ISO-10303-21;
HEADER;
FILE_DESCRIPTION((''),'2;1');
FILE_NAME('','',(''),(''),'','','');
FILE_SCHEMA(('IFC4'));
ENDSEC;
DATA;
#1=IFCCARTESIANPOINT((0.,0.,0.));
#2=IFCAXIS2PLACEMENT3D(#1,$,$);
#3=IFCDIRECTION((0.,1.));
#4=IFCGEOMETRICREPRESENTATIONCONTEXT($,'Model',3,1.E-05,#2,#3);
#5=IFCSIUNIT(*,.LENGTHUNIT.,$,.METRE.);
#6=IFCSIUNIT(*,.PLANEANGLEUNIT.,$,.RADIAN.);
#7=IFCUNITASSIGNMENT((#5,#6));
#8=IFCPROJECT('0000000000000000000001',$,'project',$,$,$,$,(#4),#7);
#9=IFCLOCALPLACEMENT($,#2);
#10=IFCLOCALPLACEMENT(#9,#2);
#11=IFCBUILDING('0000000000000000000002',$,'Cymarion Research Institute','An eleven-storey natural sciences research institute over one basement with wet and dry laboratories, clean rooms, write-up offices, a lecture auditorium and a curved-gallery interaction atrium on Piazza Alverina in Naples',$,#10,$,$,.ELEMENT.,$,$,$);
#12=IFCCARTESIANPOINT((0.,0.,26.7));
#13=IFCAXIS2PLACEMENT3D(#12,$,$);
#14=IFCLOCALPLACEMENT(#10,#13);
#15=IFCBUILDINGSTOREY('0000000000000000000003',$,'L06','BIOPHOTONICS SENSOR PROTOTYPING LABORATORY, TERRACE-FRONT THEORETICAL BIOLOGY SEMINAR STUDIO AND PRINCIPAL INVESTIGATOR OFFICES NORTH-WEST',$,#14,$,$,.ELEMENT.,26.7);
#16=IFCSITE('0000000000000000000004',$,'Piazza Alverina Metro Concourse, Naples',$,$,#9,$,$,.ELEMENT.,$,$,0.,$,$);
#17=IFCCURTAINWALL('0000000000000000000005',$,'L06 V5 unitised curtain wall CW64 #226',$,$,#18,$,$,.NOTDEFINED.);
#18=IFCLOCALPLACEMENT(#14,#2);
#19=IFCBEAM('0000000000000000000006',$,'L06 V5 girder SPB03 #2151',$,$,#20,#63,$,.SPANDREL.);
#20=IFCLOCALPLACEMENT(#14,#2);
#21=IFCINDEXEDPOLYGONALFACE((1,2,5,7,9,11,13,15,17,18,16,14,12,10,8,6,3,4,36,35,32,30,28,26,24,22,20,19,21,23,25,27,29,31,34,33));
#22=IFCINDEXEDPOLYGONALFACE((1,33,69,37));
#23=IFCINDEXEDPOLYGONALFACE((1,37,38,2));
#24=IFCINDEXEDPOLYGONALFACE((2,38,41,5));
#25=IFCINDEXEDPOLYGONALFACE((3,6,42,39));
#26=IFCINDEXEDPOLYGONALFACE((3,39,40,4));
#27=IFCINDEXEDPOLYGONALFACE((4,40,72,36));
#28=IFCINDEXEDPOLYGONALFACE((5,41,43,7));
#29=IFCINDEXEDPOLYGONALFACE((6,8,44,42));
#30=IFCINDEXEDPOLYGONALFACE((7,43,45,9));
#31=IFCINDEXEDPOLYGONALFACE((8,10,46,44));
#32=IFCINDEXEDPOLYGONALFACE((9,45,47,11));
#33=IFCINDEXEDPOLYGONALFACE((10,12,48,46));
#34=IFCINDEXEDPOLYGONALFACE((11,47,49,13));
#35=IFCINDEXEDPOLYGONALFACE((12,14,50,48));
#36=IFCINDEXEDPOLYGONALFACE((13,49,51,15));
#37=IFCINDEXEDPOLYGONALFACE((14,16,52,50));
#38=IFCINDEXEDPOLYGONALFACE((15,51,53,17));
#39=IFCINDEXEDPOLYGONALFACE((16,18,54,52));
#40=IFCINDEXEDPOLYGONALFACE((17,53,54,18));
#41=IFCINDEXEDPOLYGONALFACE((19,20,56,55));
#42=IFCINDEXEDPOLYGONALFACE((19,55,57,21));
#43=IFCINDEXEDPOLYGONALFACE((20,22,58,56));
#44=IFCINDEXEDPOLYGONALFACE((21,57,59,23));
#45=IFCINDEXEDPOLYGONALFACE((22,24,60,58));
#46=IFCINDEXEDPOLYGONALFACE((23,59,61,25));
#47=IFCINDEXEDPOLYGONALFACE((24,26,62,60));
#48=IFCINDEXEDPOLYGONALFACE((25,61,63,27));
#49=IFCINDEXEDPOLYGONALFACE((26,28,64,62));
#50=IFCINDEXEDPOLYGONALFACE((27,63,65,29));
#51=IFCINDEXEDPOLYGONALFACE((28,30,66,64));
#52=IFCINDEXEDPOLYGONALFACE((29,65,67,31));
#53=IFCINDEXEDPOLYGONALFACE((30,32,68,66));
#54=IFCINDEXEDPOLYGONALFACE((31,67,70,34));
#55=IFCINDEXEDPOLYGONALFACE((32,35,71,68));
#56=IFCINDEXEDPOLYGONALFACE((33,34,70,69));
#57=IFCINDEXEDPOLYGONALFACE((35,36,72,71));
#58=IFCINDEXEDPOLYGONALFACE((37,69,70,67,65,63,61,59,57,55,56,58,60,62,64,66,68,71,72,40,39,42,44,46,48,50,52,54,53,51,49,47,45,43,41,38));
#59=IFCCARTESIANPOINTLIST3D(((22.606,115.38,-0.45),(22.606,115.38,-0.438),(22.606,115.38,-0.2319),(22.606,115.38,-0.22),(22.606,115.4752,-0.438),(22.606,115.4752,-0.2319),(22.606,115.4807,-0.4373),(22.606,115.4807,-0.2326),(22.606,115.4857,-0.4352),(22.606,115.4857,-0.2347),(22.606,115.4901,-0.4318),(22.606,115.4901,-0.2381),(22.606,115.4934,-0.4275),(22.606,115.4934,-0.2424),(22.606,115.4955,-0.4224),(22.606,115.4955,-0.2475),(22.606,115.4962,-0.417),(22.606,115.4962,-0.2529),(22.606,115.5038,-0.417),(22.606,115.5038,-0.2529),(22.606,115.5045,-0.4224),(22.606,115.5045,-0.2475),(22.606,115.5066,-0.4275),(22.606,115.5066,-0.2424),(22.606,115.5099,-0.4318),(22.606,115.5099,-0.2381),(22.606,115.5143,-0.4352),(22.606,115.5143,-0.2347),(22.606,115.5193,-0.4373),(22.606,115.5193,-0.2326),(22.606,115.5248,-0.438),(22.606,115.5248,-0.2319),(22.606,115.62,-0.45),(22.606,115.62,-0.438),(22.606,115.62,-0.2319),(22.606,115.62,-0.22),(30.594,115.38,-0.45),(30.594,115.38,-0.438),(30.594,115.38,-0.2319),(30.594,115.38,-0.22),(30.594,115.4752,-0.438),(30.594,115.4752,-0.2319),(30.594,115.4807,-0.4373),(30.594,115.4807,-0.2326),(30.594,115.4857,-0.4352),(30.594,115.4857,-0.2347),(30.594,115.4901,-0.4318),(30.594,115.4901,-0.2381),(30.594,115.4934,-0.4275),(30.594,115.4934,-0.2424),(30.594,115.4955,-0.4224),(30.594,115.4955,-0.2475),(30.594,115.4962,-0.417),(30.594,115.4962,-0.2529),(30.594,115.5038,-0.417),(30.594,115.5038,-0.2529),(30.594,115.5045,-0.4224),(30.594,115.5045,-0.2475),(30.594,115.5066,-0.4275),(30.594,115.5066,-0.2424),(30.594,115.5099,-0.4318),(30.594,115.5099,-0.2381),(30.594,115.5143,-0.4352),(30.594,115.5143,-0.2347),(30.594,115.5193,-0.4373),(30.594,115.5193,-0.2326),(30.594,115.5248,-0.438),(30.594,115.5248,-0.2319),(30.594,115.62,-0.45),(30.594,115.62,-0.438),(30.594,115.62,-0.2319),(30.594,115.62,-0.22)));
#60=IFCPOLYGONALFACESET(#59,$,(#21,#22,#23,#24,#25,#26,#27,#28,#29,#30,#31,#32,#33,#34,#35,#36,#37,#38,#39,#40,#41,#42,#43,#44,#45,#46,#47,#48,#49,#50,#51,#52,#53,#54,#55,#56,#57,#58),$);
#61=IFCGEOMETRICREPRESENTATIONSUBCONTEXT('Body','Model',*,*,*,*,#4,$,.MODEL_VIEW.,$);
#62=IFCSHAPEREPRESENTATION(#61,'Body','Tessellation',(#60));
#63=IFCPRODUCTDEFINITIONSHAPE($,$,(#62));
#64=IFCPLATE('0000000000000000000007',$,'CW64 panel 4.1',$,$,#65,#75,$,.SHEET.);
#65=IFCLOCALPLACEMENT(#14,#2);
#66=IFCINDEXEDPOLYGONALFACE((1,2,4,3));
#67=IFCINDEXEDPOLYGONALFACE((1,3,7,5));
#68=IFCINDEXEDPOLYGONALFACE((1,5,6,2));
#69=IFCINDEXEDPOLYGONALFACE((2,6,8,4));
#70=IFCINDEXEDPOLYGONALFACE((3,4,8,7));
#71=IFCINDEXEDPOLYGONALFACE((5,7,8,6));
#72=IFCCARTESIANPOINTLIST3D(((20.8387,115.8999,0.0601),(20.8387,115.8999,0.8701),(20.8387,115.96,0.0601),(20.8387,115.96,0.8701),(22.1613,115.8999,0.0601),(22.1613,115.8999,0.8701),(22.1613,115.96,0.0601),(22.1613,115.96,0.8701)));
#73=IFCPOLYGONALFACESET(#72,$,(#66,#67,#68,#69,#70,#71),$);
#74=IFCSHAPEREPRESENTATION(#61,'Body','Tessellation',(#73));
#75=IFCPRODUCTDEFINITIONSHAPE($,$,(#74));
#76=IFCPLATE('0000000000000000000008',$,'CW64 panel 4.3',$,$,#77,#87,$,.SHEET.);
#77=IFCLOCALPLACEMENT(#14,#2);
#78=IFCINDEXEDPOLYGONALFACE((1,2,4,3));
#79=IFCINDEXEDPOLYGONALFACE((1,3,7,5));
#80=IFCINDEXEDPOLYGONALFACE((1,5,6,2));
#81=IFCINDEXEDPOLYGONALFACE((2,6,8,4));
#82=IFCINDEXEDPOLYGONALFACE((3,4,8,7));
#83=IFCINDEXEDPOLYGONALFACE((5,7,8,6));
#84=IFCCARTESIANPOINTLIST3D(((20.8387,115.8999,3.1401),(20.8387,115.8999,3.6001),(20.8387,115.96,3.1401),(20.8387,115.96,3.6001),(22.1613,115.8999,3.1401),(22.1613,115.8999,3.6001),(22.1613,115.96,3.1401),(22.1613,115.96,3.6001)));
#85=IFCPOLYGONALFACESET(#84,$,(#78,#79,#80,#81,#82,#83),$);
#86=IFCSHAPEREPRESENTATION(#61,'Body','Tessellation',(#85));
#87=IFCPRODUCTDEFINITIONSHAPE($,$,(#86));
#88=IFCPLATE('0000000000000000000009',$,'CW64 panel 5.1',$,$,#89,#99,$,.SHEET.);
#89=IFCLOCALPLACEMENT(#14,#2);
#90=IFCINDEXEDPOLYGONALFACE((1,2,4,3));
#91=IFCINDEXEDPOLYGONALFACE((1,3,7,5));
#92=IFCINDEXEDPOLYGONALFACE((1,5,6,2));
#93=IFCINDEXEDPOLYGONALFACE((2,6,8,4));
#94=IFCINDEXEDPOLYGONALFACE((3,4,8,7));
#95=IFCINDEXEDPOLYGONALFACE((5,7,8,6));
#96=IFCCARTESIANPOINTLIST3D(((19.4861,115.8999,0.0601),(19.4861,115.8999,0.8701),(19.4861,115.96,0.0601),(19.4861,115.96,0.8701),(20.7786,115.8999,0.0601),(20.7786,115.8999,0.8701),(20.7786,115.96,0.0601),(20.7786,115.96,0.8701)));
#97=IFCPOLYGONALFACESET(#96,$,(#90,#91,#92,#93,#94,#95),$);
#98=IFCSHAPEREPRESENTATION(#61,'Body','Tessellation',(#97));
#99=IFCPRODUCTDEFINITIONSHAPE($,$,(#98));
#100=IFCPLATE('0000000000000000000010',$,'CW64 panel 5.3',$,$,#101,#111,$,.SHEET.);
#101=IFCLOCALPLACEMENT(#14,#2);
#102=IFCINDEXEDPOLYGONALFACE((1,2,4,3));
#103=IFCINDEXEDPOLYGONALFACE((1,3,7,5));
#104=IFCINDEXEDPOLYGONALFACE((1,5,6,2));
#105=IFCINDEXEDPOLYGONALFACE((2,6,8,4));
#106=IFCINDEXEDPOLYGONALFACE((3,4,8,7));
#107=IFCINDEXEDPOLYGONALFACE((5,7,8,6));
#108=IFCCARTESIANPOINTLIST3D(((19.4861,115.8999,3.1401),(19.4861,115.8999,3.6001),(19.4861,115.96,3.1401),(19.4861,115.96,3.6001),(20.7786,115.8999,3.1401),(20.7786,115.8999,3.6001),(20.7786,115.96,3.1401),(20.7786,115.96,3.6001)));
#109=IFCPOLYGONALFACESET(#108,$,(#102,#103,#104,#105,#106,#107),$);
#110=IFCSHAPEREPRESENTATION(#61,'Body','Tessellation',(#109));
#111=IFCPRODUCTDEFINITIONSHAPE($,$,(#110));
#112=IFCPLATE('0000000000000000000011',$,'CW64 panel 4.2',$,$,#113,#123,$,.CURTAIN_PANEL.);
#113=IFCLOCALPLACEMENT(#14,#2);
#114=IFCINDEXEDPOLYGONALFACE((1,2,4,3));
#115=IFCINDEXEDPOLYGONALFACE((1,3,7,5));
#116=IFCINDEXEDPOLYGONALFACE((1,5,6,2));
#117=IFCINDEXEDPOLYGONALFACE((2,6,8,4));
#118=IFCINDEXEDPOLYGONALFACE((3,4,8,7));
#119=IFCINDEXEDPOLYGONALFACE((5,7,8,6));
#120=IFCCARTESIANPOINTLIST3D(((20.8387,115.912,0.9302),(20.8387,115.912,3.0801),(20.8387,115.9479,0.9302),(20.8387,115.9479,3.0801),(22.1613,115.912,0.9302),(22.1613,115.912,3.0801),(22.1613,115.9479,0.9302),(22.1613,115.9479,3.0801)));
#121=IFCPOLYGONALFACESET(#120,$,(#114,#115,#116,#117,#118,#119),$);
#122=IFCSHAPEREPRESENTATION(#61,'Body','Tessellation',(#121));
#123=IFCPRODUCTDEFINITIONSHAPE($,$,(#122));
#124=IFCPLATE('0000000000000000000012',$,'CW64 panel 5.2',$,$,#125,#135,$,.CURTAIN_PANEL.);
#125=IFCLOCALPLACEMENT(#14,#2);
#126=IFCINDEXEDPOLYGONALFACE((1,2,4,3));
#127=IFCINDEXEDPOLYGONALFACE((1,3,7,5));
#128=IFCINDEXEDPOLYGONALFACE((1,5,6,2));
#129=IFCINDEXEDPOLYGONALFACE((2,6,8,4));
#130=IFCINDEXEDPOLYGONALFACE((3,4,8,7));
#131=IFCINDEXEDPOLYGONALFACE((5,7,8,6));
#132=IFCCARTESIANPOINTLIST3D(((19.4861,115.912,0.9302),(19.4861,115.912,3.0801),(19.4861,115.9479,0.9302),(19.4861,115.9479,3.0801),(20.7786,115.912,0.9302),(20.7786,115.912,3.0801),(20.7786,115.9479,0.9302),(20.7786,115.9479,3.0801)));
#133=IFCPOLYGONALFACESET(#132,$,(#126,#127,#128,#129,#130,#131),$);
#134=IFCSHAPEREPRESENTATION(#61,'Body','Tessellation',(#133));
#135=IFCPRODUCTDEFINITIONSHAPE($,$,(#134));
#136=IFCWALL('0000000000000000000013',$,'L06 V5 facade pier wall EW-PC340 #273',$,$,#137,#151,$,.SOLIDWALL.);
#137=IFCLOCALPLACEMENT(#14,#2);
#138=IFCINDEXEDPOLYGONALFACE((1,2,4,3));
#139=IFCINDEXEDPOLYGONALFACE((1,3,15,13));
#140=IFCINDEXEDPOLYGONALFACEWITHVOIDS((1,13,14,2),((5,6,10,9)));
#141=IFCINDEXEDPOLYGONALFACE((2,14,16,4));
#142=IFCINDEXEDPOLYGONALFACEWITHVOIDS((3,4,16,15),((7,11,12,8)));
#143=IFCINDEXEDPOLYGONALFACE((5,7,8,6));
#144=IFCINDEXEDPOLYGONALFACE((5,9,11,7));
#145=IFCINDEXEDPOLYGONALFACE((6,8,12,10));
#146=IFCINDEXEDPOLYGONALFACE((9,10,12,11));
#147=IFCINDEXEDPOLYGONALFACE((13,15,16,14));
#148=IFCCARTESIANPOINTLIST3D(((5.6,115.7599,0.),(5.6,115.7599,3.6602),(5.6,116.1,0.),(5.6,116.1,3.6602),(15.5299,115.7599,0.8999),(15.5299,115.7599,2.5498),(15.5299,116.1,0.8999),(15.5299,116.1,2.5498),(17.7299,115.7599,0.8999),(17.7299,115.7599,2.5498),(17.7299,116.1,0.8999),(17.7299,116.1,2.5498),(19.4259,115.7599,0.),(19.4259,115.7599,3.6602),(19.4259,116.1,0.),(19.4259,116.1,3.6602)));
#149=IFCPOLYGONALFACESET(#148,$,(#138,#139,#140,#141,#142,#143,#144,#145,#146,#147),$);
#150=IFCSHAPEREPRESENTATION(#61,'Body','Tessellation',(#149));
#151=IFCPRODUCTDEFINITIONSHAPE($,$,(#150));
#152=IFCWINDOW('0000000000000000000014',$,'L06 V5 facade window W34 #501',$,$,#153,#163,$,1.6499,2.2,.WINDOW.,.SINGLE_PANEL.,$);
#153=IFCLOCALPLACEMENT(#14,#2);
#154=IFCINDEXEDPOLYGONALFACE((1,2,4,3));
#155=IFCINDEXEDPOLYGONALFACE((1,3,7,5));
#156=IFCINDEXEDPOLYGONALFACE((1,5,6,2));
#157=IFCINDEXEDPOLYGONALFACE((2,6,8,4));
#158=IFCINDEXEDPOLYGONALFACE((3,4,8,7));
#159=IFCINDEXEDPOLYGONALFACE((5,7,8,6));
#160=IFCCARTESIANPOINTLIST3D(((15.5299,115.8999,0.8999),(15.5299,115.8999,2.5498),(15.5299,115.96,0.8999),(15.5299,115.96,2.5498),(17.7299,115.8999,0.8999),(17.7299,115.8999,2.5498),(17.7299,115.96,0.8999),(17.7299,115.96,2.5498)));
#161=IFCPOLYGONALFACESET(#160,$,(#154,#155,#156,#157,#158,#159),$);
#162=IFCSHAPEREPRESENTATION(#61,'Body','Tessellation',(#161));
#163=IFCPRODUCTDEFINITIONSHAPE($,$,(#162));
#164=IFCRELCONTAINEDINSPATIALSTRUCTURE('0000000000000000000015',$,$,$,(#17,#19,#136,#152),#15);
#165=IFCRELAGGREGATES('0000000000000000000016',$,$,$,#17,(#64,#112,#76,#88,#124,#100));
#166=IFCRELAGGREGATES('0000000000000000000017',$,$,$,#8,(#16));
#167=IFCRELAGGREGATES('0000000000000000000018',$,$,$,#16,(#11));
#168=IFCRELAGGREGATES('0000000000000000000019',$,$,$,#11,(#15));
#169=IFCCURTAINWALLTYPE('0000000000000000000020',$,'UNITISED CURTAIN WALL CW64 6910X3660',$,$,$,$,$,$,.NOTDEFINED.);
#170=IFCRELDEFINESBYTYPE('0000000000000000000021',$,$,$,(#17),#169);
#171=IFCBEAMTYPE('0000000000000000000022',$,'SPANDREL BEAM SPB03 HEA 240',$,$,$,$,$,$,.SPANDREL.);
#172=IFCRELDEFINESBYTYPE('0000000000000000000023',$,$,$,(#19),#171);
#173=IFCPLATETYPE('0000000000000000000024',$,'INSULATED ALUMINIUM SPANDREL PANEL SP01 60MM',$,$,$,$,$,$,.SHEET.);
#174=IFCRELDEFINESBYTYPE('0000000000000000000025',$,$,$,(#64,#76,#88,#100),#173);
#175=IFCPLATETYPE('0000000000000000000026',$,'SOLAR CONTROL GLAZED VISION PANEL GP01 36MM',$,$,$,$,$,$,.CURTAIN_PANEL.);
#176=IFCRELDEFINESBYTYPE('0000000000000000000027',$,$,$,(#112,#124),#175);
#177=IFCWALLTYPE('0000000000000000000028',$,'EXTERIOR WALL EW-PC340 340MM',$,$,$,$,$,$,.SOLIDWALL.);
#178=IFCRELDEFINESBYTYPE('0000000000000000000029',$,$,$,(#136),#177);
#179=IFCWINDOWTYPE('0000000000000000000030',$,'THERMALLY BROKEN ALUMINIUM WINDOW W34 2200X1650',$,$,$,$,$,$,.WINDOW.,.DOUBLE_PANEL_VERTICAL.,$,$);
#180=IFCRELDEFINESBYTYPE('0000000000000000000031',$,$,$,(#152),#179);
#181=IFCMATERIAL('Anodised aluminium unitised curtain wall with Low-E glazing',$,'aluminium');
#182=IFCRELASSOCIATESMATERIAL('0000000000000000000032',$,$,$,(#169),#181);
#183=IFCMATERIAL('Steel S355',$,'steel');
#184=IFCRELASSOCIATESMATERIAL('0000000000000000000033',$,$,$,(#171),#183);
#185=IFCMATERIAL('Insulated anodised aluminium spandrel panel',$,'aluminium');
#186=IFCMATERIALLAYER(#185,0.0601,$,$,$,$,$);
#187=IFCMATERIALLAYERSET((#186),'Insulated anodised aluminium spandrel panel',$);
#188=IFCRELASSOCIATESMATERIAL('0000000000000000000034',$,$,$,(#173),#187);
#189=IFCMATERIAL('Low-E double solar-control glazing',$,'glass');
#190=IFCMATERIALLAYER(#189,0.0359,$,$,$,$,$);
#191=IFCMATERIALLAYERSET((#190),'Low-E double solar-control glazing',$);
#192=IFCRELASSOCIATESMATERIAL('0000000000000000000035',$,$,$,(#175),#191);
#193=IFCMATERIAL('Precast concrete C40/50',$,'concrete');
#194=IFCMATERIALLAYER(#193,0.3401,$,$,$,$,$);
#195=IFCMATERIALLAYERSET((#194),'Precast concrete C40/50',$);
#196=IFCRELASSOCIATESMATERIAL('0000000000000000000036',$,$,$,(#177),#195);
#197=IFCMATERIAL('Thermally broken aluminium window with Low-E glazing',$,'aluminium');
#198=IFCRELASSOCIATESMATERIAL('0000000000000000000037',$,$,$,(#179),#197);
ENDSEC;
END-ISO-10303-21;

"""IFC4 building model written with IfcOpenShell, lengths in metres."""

from ifc_helpers import new_model, si_unit, direction, frame, frame_2d, origin, origin_2d, place, context, subcontext, project, spatial, rectangle, i_section, extrude, material, layer, layer_set, material_profile, profile_set, type_object, element, fill, aggregate, save


model = new_model("IFC4")

# Units and contexts
model_context = context("Model", 3, precision=1e-05, world=origin(), true_north=direction((0.0, 1.0)))
body_context = subcontext(model_context, "Body", "Model", "MODEL_VIEW")
ifc_project = project(units=[si_unit("LENGTHUNIT", "METRE"), si_unit("PLANEANGLEUNIT", "RADIAN")], contexts=[model_context])

# Site, building, storey
site_placement = place(None, origin())
site = spatial("IfcSite", under=ifc_project, at=site_placement, Name="Piazza Alverina Metro Concourse, Naples", CompositionType="ELEMENT", RefElevation=0.0)
building_placement = place(site_placement, origin())
building = spatial("IfcBuilding", under=site, at=building_placement, Name="Cymarion Research Institute", Description="An eleven-storey natural sciences research institute over one basement with wet and dry laboratories, clean rooms, write-up offices, a lecture auditorium and a curved-gallery interaction atrium on Piazza Alverina in Naples", CompositionType="ELEMENT")
storey_placement = place(building_placement, frame((0.0, 0.0, 26.7)))
storey = spatial("IfcBuildingStorey", under=building, at=storey_placement, Name="L06", Description="BIOPHOTONICS SENSOR PROTOTYPING LABORATORY, TERRACE-FRONT THEORETICAL BIOLOGY SEMINAR STUDIO AND PRINCIPAL INVESTIGATOR OFFICES NORTH-WEST", CompositionType="ELEMENT", Elevation=26.7)

# Shared definitions
ifc_material_1 = material(Name="Steel S355", Category="steel")

# Curtain wall
ifc_material_2 = material(Name="Anodised aluminium unitised curtain wall with Low-E glazing", Category="aluminium")
curtain_wall_type = type_object("IfcCurtainWallType", Name="UNITISED CURTAIN WALL CW64 6910X3660", PredefinedType="NOTDEFINED", material=ifc_material_2)
curtain_wall_placement = place(storey_placement, origin())
curtain_wall = element("IfcCurtainWall", 1, at=curtain_wall_placement, inside=storey, type_object=curtain_wall_type, Name="L06 V5 unitised curtain wall CW64 #226", PredefinedType="NOTDEFINED")

# Beam
ifc_material_profile_1 = material_profile(ifc_material_1, i_section(OverallWidth=0.24, OverallDepth=0.23, WebThickness=0.0076, FlangeThickness=0.012, FilletRadius=0.021, at=origin_2d()), Name="HEA 240")
ifc_profile_set_1 = profile_set([ifc_material_profile_1], Name="Steel S355")
beam_type_1 = type_object("IfcBeamType", Name="SPANDREL BEAM SPB03 HEA 240", PredefinedType="SPANDREL", material=ifc_profile_set_1)
beam_1_placement = place(storey_placement, frame((22.606, 115.5, -0.335), z_axis=(1.0, 0.0, 0.0), x_axis=(0.0, 1.0, 0.0)))
element("IfcBeam", 2, at=beam_1_placement, inside=storey, type_object=beam_type_1, Name="L06 V5 girder SPB03 #2151", PredefinedType="SPANDREL", context=body_context, shape_type="SweptSolid", body=[
    extrude(i_section(OverallWidth=0.24, OverallDepth=0.23, WebThickness=0.0076, FlangeThickness=0.012, FilletRadius=0.021, at=origin_2d()), origin(), (0.0, 0.0, 1.0), 7.988),
])

# Plates
ifc_material_3 = material(Name="Insulated anodised aluminium spandrel panel", Category="aluminium")
ifc_layer_1 = layer(ifc_material_3, 0.0601)
ifc_layer_set_1 = layer_set([ifc_layer_1], Name="Insulated anodised aluminium spandrel panel")
plate_type_1 = type_object("IfcPlateType", Name="INSULATED ALUMINIUM SPANDREL PANEL SP01 60MM", PredefinedType="SHEET", material=ifc_layer_set_1)
plate_1_placement = place(storey_placement, frame((21.5, 115.9299, 0.0601), z_axis=(0.0, 0.0, 1.0), x_axis=(-1.0, 0.0, 0.0)))
plate_1 = element("IfcPlate", 3, at=plate_1_placement, type_object=plate_type_1, Name="CW64 panel 4.1", PredefinedType="SHEET", context=body_context, shape_type="SweptSolid", body=[
    extrude(rectangle(XDim=1.3225, YDim=0.0601, at=origin_2d()), origin(), (0.0, 0.0, 1.0), 0.8101),
])
plate_2_placement = place(storey_placement, frame((21.5, 115.9299, 3.1401), z_axis=(0.0, 0.0, 1.0), x_axis=(-1.0, 0.0, 0.0)))
plate_2 = element("IfcPlate", 4, at=plate_2_placement, type_object=plate_type_1, Name="CW64 panel 4.3", PredefinedType="SHEET", context=body_context, shape_type="SweptSolid", body=[
    extrude(rectangle(XDim=1.3225, YDim=0.0601, at=origin_2d()), origin(), (0.0, 0.0, 1.0), 0.46),
])
plate_3_placement = place(storey_placement, frame((20.1323, 115.9299, 0.0601), z_axis=(0.0, 0.0, 1.0), x_axis=(-1.0, 0.0, 0.0)))
plate_3 = element("IfcPlate", 5, at=plate_3_placement, type_object=plate_type_1, Name="CW64 panel 5.1", PredefinedType="SHEET", context=body_context, shape_type="SweptSolid", body=[
    extrude(rectangle(XDim=1.2925, YDim=0.0601, at=origin_2d()), origin(), (0.0, 0.0, 1.0), 0.8101),
])
plate_4_placement = place(storey_placement, frame((20.1323, 115.9299, 3.1401), z_axis=(0.0, 0.0, 1.0), x_axis=(-1.0, 0.0, 0.0)))
plate_4 = element("IfcPlate", 6, at=plate_4_placement, type_object=plate_type_1, Name="CW64 panel 5.3", PredefinedType="SHEET", context=body_context, shape_type="SweptSolid", body=[
    extrude(rectangle(XDim=1.2925, YDim=0.0601, at=origin_2d()), origin(), (0.0, 0.0, 1.0), 0.46),
])
ifc_material_4 = material(Name="Low-E double solar-control glazing", Category="glass")
ifc_layer_2 = layer(ifc_material_4, 0.0359)
ifc_layer_set_2 = layer_set([ifc_layer_2], Name="Low-E double solar-control glazing")
plate_type_2 = type_object("IfcPlateType", Name="SOLAR CONTROL GLAZED VISION PANEL GP01 36MM", PredefinedType="CURTAIN_PANEL", material=ifc_layer_set_2)
plate_5_placement = place(storey_placement, frame((21.5, 115.9299, 0.9302), z_axis=(0.0, 0.0, 1.0), x_axis=(-1.0, 0.0, 0.0)))
plate_5 = element("IfcPlate", 7, at=plate_5_placement, type_object=plate_type_2, Name="CW64 panel 4.2", PredefinedType="CURTAIN_PANEL", context=body_context, shape_type="SweptSolid", body=[
    extrude(rectangle(XDim=1.3225, YDim=0.0359, at=origin_2d()), origin(), (0.0, 0.0, 1.0), 2.1499),
])
plate_6_placement = place(storey_placement, frame((20.1323, 115.9299, 0.9302), z_axis=(0.0, 0.0, 1.0), x_axis=(-1.0, 0.0, 0.0)))
plate_6 = element("IfcPlate", 8, at=plate_6_placement, type_object=plate_type_2, Name="CW64 panel 5.2", PredefinedType="CURTAIN_PANEL", context=body_context, shape_type="SweptSolid", body=[
    extrude(rectangle(XDim=1.2925, YDim=0.0359, at=origin_2d()), origin(), (0.0, 0.0, 1.0), 2.1499),
])
aggregate(curtain_wall, [plate_1, plate_5, plate_2, plate_3, plate_6, plate_4])

# Wall, opening, window
ifc_material_5 = material(Name="Precast concrete C40/50", Category="concrete")
ifc_layer_3 = layer(ifc_material_5, 0.3401)
ifc_layer_set_3 = layer_set([ifc_layer_3], Name="Precast concrete C40/50")
wall_type = type_object("IfcWallType", Name="EXTERIOR WALL EW-PC340 340MM", PredefinedType="SOLIDWALL", material=ifc_layer_set_3)
wall_placement = place(storey_placement, frame((19.426, 115.9299, 0.0), z_axis=(0.0, 0.0, 1.0), x_axis=(-1.0, 0.0, 0.0)))
wall = element("IfcWall", 9, at=wall_placement, inside=storey, type_object=wall_type, Name="L06 V5 facade pier wall EW-PC340 #273", PredefinedType="SOLIDWALL", context=body_context, shape_type="SweptSolid", body=[
    extrude(rectangle(XDim=13.8259, YDim=0.3401, at=frame_2d((6.9131, 0.0))), origin(), (0.0, 0.0, 1.0), 3.6602),
])
opening_placement = place(wall_placement, frame((1.696, 0.0, 0.8999)))
opening = element("IfcOpeningElement", 10, at=opening_placement, cuts=wall, PredefinedType="OPENING", context=body_context, shape_type="SweptSolid", body=[
    extrude(rectangle(XDim=2.2, YDim=1.6499, at=frame_2d((1.1001, 0.825))), frame((0.0, 0.1799, 0.0), z_axis=(0.0, -1.0, 0.0), x_axis=(1.0, 0.0, 0.0)), (0.0, 0.0, 1.0), 0.3601),
])
ifc_material_6 = material(Name="Thermally broken aluminium window with Low-E glazing", Category="aluminium")
window_type = type_object("IfcWindowType", Name="THERMALLY BROKEN ALUMINIUM WINDOW W34 2200X1650", PartitioningType="DOUBLE_PANEL_VERTICAL", PredefinedType="WINDOW", material=ifc_material_6)
window_placement = place(opening_placement, origin())
window = element("IfcWindow", 11, at=window_placement, inside=storey, type_object=window_type, Name="L06 V5 facade window W34 #501", OverallHeight=1.6499, OverallWidth=2.2, PartitioningType="SINGLE_PANEL", PredefinedType="WINDOW", context=body_context, shape_type="SweptSolid", body=[
    extrude(rectangle(XDim=2.2, YDim=1.6499, at=frame_2d((1.1001, 0.825))), frame((0.0, 0.03, 0.0), z_axis=(0.0, -1.0, 0.0), x_axis=(1.0, 0.0, 0.0)), (0.0, 0.0, 1.0), 0.0601),
])
fill(opening, window)

save(model, "model.ifc")
